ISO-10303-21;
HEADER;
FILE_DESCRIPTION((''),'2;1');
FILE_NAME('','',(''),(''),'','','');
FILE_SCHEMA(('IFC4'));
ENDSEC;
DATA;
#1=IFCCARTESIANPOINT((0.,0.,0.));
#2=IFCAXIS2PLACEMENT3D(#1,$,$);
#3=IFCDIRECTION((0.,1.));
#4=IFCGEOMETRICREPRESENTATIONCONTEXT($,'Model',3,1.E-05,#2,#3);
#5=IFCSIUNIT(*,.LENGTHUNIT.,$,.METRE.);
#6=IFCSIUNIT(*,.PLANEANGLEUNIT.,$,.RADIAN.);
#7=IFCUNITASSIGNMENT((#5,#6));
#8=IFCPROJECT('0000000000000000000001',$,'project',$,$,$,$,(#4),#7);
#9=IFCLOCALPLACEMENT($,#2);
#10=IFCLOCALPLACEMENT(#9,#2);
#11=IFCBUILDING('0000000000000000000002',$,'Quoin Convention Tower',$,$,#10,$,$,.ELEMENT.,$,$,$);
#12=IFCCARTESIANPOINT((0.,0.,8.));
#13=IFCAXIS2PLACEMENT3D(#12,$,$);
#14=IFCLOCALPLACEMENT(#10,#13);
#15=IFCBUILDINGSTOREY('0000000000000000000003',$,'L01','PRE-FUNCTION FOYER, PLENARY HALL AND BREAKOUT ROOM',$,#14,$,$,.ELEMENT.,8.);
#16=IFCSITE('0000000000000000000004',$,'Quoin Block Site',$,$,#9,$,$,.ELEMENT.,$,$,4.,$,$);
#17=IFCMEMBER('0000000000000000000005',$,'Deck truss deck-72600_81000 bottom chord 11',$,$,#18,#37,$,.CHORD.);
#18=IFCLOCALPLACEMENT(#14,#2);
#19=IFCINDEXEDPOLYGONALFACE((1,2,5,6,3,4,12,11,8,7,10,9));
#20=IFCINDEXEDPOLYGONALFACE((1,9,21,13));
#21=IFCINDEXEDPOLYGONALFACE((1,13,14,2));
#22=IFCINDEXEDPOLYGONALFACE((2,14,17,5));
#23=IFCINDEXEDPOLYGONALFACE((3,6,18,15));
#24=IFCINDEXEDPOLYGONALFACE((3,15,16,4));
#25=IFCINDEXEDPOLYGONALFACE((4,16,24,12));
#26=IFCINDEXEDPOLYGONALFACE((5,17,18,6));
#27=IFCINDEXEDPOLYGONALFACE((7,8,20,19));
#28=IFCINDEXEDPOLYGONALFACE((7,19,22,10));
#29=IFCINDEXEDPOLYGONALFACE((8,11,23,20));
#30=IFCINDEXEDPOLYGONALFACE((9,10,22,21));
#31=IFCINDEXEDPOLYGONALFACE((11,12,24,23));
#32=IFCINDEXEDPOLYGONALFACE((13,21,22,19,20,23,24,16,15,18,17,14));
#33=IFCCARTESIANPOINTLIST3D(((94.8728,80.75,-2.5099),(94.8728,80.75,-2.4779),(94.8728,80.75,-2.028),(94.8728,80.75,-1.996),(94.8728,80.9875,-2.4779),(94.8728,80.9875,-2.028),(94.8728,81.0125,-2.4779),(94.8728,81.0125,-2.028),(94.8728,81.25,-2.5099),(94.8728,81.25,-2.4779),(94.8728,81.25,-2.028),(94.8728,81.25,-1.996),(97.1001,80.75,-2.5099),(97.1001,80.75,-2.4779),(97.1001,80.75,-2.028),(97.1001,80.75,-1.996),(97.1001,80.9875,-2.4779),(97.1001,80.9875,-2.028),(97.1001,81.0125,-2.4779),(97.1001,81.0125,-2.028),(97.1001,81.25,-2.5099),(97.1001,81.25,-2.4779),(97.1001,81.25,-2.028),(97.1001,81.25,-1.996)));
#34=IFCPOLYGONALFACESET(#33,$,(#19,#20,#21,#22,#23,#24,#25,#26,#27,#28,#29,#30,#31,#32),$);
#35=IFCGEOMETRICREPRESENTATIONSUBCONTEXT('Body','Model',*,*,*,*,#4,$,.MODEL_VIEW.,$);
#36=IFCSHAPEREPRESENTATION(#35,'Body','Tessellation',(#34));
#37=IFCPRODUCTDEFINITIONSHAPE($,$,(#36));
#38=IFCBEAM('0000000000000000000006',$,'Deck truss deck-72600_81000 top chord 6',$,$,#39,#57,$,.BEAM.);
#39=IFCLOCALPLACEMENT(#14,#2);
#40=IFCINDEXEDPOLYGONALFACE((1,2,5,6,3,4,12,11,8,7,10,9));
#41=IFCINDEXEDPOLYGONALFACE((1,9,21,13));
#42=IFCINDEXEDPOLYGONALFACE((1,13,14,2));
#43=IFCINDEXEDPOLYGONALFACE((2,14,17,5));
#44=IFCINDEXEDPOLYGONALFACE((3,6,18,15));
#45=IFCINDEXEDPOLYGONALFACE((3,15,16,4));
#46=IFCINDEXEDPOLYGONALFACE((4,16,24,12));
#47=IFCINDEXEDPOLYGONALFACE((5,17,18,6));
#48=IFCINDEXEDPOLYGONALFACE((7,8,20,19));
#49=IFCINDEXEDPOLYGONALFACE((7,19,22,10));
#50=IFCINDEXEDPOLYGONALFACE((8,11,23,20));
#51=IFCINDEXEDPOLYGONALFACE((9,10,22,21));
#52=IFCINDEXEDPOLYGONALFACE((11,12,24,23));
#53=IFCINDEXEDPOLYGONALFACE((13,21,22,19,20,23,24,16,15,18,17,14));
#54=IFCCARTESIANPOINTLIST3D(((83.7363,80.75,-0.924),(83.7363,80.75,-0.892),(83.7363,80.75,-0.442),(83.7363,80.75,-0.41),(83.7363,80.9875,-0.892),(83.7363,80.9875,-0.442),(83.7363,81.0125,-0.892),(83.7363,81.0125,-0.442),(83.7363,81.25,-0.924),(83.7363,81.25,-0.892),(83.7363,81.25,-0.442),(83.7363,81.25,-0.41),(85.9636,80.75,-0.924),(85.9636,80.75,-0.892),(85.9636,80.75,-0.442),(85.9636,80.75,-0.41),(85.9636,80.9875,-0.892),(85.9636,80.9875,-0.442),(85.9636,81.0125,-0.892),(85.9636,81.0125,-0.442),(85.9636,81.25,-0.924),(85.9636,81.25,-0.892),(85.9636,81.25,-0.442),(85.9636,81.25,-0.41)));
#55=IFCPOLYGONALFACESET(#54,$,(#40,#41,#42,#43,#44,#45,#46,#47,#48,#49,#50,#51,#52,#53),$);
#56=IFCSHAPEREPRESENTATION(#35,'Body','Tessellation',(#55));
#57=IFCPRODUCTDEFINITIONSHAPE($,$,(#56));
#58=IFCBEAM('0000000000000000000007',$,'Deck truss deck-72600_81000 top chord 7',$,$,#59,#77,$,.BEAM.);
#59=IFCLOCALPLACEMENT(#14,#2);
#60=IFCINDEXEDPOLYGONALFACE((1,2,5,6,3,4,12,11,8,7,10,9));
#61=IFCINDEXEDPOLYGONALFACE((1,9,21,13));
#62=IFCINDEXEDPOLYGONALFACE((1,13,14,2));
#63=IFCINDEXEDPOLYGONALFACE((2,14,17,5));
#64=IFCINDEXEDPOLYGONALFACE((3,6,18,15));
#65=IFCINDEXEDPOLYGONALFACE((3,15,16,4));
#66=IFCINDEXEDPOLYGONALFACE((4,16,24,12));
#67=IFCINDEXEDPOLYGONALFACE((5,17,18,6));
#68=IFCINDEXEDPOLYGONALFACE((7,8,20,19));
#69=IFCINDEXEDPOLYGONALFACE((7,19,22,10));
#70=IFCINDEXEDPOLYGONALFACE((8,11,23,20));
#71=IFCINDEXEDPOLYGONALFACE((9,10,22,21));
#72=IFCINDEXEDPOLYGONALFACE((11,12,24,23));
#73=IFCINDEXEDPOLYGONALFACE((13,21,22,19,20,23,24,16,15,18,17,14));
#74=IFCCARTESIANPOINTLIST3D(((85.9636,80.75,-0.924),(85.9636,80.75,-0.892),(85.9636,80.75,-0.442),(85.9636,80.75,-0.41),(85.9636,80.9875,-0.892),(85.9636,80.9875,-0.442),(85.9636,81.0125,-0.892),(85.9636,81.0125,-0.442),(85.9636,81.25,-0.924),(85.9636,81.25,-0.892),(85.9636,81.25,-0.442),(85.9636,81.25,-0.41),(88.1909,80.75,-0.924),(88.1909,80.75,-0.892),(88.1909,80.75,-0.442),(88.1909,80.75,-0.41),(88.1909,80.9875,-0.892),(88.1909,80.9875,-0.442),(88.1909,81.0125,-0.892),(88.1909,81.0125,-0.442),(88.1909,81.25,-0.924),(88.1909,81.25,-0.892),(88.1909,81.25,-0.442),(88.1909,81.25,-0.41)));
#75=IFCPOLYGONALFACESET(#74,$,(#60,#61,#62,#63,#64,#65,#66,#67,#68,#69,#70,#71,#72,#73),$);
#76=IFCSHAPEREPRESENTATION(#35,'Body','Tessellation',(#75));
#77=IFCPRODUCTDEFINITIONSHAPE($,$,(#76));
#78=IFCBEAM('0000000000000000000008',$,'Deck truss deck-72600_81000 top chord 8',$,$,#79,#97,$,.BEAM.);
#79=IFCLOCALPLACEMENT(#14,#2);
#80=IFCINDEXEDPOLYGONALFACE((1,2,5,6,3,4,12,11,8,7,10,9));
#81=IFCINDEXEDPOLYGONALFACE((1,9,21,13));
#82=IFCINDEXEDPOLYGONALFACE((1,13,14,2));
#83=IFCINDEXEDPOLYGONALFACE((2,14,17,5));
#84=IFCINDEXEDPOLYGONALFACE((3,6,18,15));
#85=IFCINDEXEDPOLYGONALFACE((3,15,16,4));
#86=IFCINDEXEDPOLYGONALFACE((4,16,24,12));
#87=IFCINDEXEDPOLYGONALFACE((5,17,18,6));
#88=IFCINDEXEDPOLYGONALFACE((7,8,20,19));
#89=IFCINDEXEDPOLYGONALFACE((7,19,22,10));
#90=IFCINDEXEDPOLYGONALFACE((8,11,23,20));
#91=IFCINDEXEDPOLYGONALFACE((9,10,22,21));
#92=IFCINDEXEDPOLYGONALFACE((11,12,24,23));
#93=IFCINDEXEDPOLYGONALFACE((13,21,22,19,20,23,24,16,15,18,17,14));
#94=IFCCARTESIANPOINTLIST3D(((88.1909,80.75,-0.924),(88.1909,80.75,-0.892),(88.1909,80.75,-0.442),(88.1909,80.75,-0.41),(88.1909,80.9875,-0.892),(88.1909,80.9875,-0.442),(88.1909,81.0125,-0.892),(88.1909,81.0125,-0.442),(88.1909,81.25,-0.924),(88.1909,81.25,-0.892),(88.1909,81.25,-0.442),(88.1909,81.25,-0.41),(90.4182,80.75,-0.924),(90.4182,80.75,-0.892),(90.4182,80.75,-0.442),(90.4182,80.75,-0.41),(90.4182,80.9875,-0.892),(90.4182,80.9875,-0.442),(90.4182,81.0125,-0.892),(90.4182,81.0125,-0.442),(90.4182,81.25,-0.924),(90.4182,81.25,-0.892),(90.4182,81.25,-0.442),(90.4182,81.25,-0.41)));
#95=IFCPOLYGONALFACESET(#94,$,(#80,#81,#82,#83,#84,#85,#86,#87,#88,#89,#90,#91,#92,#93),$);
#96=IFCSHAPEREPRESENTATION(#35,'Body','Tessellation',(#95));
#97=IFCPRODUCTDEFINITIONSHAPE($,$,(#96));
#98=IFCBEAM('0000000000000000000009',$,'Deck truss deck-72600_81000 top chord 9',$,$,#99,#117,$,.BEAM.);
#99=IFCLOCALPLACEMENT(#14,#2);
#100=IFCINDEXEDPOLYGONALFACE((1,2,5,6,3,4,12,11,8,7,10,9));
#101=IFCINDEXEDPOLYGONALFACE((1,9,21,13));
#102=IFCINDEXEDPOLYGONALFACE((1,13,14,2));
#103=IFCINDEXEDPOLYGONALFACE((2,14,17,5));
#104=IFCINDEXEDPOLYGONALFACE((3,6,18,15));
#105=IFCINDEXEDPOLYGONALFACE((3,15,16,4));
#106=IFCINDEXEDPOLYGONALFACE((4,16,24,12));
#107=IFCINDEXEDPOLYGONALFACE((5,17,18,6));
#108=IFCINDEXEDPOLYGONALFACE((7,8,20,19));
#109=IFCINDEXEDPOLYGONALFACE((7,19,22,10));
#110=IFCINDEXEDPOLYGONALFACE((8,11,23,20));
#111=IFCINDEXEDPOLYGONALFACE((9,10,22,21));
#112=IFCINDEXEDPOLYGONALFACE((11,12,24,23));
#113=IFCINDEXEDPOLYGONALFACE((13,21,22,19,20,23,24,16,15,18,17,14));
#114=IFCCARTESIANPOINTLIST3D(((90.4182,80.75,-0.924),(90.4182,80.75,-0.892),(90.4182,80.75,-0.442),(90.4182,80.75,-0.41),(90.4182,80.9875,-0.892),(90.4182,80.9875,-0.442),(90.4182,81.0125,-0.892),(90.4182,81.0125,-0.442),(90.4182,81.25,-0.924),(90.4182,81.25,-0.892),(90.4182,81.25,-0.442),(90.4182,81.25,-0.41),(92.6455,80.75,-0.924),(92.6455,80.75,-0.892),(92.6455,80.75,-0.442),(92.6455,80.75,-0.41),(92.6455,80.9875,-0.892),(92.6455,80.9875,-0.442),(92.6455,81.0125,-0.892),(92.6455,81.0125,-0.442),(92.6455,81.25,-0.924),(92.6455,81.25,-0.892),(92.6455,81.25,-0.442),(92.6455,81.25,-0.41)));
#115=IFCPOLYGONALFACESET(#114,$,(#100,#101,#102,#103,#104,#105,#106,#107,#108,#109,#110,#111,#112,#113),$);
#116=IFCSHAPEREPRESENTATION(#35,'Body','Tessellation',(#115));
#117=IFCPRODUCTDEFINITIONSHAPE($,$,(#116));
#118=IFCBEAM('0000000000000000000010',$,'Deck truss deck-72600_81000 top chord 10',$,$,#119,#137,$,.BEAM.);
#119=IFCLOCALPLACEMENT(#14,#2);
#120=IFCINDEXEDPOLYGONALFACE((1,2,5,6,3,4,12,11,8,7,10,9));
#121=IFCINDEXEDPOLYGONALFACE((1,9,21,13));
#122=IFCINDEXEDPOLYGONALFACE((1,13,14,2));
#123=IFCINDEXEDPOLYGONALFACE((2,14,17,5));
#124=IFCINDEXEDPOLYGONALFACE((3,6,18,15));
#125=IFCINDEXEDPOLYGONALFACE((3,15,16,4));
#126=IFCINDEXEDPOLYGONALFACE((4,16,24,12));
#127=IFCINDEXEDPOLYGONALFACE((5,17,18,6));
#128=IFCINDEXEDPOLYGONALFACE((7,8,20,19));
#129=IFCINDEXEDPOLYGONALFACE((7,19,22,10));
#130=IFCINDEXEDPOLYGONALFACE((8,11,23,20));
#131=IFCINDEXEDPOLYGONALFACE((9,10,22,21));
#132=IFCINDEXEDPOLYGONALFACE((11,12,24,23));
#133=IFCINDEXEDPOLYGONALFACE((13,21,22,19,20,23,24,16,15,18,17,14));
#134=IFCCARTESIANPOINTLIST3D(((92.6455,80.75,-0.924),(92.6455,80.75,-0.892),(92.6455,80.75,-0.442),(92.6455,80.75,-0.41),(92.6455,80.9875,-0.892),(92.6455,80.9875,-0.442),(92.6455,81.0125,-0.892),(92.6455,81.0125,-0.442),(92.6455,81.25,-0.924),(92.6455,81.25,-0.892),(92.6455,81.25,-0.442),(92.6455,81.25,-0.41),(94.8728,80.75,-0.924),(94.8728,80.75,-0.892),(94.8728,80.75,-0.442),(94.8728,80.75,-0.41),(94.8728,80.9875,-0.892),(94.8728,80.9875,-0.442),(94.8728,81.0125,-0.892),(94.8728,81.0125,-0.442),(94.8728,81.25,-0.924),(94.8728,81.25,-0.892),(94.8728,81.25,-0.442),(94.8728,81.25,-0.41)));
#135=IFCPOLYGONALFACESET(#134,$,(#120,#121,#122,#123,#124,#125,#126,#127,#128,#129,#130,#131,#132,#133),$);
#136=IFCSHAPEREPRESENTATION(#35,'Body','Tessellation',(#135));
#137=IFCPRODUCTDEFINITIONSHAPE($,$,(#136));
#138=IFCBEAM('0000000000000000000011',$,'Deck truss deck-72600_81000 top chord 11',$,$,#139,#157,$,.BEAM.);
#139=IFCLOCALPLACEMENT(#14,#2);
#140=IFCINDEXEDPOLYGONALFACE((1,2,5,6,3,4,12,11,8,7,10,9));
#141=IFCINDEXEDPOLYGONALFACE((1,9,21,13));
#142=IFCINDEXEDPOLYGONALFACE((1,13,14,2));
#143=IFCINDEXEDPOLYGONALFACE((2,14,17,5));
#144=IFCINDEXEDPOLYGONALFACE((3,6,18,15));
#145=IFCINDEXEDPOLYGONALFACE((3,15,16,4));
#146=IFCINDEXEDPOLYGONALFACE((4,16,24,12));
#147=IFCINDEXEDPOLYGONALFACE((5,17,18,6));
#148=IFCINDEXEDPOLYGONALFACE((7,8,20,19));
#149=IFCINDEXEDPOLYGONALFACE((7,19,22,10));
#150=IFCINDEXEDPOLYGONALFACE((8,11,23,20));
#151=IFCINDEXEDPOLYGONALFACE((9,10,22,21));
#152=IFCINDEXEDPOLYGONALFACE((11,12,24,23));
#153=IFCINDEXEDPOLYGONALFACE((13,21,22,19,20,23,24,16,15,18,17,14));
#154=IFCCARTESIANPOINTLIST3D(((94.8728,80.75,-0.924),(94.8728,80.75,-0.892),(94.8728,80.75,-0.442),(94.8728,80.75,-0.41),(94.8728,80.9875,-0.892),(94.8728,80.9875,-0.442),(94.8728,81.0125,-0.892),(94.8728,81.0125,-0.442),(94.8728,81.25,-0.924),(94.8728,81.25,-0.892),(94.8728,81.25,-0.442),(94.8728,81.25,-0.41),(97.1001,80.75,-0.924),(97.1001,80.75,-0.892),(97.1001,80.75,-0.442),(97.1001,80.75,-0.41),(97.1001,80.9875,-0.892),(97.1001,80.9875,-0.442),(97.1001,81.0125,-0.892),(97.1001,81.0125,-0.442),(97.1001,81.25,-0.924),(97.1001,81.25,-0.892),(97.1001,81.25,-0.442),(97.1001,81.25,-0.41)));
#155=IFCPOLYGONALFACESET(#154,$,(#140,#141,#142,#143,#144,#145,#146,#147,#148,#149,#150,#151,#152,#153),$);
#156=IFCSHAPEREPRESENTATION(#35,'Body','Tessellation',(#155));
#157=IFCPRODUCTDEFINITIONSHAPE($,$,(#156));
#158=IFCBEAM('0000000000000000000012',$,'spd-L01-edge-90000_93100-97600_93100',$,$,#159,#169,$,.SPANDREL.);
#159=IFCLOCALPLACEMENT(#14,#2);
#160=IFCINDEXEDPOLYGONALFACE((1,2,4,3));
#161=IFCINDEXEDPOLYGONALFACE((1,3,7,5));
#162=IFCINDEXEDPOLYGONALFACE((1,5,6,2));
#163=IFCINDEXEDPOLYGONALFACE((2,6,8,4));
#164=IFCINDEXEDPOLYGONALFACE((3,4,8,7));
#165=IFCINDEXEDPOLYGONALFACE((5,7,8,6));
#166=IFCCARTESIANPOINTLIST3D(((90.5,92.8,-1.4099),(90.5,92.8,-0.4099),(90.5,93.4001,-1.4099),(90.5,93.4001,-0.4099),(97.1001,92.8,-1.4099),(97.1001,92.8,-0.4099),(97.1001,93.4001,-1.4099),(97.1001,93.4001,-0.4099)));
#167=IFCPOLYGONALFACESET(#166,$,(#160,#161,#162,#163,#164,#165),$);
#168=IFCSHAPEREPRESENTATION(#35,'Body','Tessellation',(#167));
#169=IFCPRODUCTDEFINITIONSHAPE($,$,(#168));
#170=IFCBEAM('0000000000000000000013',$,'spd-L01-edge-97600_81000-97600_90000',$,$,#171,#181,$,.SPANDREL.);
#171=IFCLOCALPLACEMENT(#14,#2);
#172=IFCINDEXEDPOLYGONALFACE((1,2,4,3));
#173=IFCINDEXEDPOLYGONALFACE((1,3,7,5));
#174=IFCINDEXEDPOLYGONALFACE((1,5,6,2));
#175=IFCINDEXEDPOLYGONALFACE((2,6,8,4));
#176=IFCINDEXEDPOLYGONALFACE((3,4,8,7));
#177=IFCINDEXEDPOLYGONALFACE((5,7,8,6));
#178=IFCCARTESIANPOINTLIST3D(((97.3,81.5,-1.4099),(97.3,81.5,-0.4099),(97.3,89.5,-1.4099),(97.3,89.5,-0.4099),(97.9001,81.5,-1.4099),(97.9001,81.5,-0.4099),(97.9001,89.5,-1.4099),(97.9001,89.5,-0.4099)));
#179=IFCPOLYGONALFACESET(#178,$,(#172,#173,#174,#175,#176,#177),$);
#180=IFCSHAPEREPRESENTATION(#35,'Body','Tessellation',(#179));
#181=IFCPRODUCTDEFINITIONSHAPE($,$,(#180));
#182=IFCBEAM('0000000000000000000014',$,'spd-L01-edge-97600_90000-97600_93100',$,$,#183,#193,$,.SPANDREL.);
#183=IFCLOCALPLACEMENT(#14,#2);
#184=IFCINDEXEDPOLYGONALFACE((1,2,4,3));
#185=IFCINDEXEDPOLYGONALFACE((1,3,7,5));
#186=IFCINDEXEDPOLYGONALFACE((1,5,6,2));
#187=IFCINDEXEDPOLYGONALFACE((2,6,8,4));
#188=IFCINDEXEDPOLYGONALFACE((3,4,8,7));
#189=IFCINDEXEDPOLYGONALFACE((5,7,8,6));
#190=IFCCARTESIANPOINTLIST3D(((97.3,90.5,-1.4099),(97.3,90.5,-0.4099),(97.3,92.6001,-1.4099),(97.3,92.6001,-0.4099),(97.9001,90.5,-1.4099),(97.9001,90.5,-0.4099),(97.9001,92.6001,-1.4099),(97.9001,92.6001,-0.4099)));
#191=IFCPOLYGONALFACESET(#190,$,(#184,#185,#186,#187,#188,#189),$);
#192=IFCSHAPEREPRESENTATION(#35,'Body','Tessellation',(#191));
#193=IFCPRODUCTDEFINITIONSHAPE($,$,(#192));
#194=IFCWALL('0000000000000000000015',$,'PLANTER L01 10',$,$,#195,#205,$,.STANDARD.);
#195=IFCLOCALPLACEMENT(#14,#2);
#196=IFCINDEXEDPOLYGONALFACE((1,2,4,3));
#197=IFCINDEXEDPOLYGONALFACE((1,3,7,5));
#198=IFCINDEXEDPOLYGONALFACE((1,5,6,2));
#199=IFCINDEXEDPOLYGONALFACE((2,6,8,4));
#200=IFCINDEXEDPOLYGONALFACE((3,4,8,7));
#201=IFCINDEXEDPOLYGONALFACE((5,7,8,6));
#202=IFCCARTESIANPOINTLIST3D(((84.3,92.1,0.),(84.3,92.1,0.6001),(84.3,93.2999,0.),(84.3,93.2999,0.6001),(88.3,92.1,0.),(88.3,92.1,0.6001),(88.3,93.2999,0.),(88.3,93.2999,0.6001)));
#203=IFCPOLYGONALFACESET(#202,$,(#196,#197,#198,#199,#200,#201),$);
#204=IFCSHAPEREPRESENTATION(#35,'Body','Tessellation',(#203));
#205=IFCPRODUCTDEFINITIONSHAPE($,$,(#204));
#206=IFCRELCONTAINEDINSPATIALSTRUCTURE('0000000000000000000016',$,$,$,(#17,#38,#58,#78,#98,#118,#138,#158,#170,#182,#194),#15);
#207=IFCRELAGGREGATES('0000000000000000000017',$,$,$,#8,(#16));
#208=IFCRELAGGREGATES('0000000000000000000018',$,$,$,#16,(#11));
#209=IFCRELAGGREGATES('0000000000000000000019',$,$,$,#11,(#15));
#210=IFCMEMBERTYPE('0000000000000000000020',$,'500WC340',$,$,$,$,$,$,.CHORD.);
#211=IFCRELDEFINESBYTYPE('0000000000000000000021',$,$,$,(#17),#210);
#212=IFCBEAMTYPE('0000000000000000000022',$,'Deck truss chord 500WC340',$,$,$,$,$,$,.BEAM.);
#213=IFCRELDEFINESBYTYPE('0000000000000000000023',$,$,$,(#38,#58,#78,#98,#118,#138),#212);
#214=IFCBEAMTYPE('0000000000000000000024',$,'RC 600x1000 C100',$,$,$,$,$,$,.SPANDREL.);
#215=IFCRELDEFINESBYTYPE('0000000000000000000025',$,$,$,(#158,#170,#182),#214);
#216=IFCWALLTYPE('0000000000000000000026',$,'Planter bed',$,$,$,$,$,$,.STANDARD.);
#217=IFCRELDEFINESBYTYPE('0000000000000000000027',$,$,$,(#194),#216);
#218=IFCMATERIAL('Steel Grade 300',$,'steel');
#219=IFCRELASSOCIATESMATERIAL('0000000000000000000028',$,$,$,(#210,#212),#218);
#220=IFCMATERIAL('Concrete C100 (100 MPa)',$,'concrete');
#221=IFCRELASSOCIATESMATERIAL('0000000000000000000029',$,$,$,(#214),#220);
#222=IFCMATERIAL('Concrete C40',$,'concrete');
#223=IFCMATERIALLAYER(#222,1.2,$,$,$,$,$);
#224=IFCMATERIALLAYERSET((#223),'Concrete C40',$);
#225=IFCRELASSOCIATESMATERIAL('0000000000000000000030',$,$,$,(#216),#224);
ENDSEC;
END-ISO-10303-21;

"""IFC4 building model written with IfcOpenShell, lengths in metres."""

from ifc_helpers import new_model, si_unit, direction, frame, frame_2d, origin, origin_2d, place, context, subcontext, project, spatial, rectangle, i_section, extrude, material, layer, layer_set, material_profile, profile_set, type_object, element, save


model = new_model("IFC4")

# Units and contexts
model_context = context("Model", 3, precision=1e-05, world=origin(), true_north=direction((0.0, 1.0)))
body_context = subcontext(model_context, "Body", "Model", "MODEL_VIEW")
ifc_project = project(units=[si_unit("LENGTHUNIT", "METRE"), si_unit("PLANEANGLEUNIT", "RADIAN")], contexts=[model_context])

# Site, building, storey
site_placement = place(None, origin())
site = spatial("IfcSite", under=ifc_project, at=site_placement, Name="Quoin Block Site", CompositionType="ELEMENT", RefElevation=4.0)
building_placement = place(site_placement, origin())
building = spatial("IfcBuilding", under=site, at=building_placement, Name="Quoin Convention Tower", CompositionType="ELEMENT")
storey_placement = place(building_placement, frame((0.0, 0.0, 8.0)))
storey = spatial("IfcBuildingStorey", under=building, at=storey_placement, Name="L01", Description="PRE-FUNCTION FOYER, PLENARY HALL AND BREAKOUT ROOM", CompositionType="ELEMENT", Elevation=8.0)

# Shared definitions
ifc_material_1 = material(Name="Steel Grade 300", Category="steel")

# Member
ifc_material_profile_1 = material_profile(ifc_material_1, i_section(OverallWidth=0.5, OverallDepth=0.5139, WebThickness=0.0249, FlangeThickness=0.032, at=origin_2d()), Name="500WC340")
ifc_profile_set_1 = profile_set([ifc_material_profile_1], Name="Steel Grade 300")
member_type_1 = type_object("IfcMemberType", Name="500WC340", PredefinedType="CHORD", material=ifc_profile_set_1)
for number, where, z_axis, x_axis, name in (
    (1, (94.8728, 81.0, -2.2529), (1.0, 0.0, 0.0), (0.0, 1.0, 0.0), "Deck truss deck-72600_81000 bottom chord 11"),
):
    element("IfcMember", number, at=place(storey_placement, frame(where, z_axis=z_axis, x_axis=x_axis)), inside=storey, type_object=member_type_1, Name=name, PredefinedType="CHORD", context=body_context, shape_type="SweptSolid", body=[
        extrude(i_section(OverallWidth=0.5, OverallDepth=0.5139, WebThickness=0.0249, FlangeThickness=0.032, at=origin_2d()), origin(), (0.0, 0.0, 1.0), 2.2273),
    ])

# Beams
ifc_material_profile_2 = material_profile(ifc_material_1, i_section(OverallWidth=0.5, OverallDepth=0.5139, WebThickness=0.0249, FlangeThickness=0.032, at=origin_2d()), Name="500WC340")
ifc_profile_set_2 = profile_set([ifc_material_profile_2], Name="Steel Grade 300")
beam_type_1 = type_object("IfcBeamType", Name="Deck truss chord 500WC340", PredefinedType="BEAM", material=ifc_profile_set_2)
for number, where, z_axis, x_axis, name in (
    (2, (83.7363, 81.0, -0.667), (1.0, 0.0, 0.0), (0.0, 1.0, 0.0), "Deck truss deck-72600_81000 top chord 6"),
    (3, (85.9636, 81.0, -0.667), (1.0, 0.0, 0.0), (0.0, 1.0, 0.0), "Deck truss deck-72600_81000 top chord 7"),
    (4, (88.1909, 81.0, -0.667), (1.0, 0.0, 0.0), (0.0, 1.0, 0.0), "Deck truss deck-72600_81000 top chord 8"),
    (5, (90.4182, 81.0, -0.667), (1.0, 0.0, 0.0), (0.0, 1.0, 0.0), "Deck truss deck-72600_81000 top chord 9"),
    (6, (92.6455, 81.0, -0.667), (1.0, 0.0, 0.0), (0.0, 1.0, 0.0), "Deck truss deck-72600_81000 top chord 10"),
    (7, (94.8728, 81.0, -0.667), (1.0, 0.0, 0.0), (0.0, 1.0, 0.0), "Deck truss deck-72600_81000 top chord 11"),
):
    element("IfcBeam", number, at=place(storey_placement, frame(where, z_axis=z_axis, x_axis=x_axis)), inside=storey, type_object=beam_type_1, Name=name, PredefinedType="BEAM", context=body_context, shape_type="SweptSolid", body=[
        extrude(i_section(OverallWidth=0.5, OverallDepth=0.5139, WebThickness=0.0249, FlangeThickness=0.032, at=origin_2d()), origin(), (0.0, 0.0, 1.0), 2.2273),
    ])
ifc_material_2 = material(Name="Concrete C100 (100 MPa)", Category="concrete")
ifc_material_profile_3 = material_profile(ifc_material_2, rectangle(XDim=0.6001, YDim=1.0, at=origin_2d()), Name="RC 600x1000")
ifc_profile_set_3 = profile_set([ifc_material_profile_3], Name="Concrete C100 (100 MPa)")
beam_type_2 = type_object("IfcBeamType", Name="RC 600x1000 C100", PredefinedType="SPANDREL", material=ifc_profile_set_3)
beam_1_placement = place(storey_placement, frame((90.5, 93.1001, -0.9099), z_axis=(1.0, 0.0, 0.0), x_axis=(0.0, 1.0, 0.0)))
element("IfcBeam", 8, at=beam_1_placement, inside=storey, type_object=beam_type_2, Name="spd-L01-edge-90000_93100-97600_93100", PredefinedType="SPANDREL", context=body_context, shape_type="SweptSolid", body=[
    extrude(rectangle(XDim=0.6001, YDim=1.0, at=origin_2d()), origin(), (0.0, 0.0, 1.0), 6.6001),
])
beam_2_placement = place(storey_placement, frame((97.6001, 81.5, -0.9099), z_axis=(0.0, 1.0, 0.0), x_axis=(-1.0, 0.0, 0.0)))
element("IfcBeam", 9, at=beam_2_placement, inside=storey, type_object=beam_type_2, Name="spd-L01-edge-97600_81000-97600_90000", PredefinedType="SPANDREL", context=body_context, shape_type="SweptSolid", body=[
    extrude(rectangle(XDim=0.6001, YDim=1.0, at=origin_2d()), origin(), (0.0, 0.0, 1.0), 8.0),
])
beam_3_placement = place(storey_placement, frame((97.6001, 90.5, -0.9099), z_axis=(0.0, 1.0, 0.0), x_axis=(-1.0, 0.0, 0.0)))
element("IfcBeam", 10, at=beam_3_placement, inside=storey, type_object=beam_type_2, Name="spd-L01-edge-97600_90000-97600_93100", PredefinedType="SPANDREL", context=body_context, shape_type="SweptSolid", body=[
    extrude(rectangle(XDim=0.6001, YDim=1.0, at=origin_2d()), origin(), (0.0, 0.0, 1.0), 2.1001),
])

# Wall
ifc_material_3 = material(Name="Concrete C40", Category="concrete")
ifc_layer = layer(ifc_material_3, 1.2)
ifc_layer_set = layer_set([ifc_layer], Name="Concrete C40")
wall_type = type_object("IfcWallType", Name="Planter bed", PredefinedType="STANDARD", material=ifc_layer_set)
for number, where, z_axis, x_axis, name in (
    (11, (84.3, 92.7, 0.0), (0.0, 0.0, 1.0), (1.0, 0.0, 0.0), "PLANTER L01 10"),
):
    element("IfcWall", number, at=place(storey_placement, frame(where, z_axis=z_axis, x_axis=x_axis)), inside=storey, type_object=wall_type, Name=name, PredefinedType="STANDARD", context=body_context, shape_type="SweptSolid", body=[
        extrude(rectangle(XDim=4.0, YDim=1.2, at=frame_2d((2.0, 0.0))), origin(), (0.0, 0.0, 1.0), 0.6001),
    ])

save(model, "model.ifc")
